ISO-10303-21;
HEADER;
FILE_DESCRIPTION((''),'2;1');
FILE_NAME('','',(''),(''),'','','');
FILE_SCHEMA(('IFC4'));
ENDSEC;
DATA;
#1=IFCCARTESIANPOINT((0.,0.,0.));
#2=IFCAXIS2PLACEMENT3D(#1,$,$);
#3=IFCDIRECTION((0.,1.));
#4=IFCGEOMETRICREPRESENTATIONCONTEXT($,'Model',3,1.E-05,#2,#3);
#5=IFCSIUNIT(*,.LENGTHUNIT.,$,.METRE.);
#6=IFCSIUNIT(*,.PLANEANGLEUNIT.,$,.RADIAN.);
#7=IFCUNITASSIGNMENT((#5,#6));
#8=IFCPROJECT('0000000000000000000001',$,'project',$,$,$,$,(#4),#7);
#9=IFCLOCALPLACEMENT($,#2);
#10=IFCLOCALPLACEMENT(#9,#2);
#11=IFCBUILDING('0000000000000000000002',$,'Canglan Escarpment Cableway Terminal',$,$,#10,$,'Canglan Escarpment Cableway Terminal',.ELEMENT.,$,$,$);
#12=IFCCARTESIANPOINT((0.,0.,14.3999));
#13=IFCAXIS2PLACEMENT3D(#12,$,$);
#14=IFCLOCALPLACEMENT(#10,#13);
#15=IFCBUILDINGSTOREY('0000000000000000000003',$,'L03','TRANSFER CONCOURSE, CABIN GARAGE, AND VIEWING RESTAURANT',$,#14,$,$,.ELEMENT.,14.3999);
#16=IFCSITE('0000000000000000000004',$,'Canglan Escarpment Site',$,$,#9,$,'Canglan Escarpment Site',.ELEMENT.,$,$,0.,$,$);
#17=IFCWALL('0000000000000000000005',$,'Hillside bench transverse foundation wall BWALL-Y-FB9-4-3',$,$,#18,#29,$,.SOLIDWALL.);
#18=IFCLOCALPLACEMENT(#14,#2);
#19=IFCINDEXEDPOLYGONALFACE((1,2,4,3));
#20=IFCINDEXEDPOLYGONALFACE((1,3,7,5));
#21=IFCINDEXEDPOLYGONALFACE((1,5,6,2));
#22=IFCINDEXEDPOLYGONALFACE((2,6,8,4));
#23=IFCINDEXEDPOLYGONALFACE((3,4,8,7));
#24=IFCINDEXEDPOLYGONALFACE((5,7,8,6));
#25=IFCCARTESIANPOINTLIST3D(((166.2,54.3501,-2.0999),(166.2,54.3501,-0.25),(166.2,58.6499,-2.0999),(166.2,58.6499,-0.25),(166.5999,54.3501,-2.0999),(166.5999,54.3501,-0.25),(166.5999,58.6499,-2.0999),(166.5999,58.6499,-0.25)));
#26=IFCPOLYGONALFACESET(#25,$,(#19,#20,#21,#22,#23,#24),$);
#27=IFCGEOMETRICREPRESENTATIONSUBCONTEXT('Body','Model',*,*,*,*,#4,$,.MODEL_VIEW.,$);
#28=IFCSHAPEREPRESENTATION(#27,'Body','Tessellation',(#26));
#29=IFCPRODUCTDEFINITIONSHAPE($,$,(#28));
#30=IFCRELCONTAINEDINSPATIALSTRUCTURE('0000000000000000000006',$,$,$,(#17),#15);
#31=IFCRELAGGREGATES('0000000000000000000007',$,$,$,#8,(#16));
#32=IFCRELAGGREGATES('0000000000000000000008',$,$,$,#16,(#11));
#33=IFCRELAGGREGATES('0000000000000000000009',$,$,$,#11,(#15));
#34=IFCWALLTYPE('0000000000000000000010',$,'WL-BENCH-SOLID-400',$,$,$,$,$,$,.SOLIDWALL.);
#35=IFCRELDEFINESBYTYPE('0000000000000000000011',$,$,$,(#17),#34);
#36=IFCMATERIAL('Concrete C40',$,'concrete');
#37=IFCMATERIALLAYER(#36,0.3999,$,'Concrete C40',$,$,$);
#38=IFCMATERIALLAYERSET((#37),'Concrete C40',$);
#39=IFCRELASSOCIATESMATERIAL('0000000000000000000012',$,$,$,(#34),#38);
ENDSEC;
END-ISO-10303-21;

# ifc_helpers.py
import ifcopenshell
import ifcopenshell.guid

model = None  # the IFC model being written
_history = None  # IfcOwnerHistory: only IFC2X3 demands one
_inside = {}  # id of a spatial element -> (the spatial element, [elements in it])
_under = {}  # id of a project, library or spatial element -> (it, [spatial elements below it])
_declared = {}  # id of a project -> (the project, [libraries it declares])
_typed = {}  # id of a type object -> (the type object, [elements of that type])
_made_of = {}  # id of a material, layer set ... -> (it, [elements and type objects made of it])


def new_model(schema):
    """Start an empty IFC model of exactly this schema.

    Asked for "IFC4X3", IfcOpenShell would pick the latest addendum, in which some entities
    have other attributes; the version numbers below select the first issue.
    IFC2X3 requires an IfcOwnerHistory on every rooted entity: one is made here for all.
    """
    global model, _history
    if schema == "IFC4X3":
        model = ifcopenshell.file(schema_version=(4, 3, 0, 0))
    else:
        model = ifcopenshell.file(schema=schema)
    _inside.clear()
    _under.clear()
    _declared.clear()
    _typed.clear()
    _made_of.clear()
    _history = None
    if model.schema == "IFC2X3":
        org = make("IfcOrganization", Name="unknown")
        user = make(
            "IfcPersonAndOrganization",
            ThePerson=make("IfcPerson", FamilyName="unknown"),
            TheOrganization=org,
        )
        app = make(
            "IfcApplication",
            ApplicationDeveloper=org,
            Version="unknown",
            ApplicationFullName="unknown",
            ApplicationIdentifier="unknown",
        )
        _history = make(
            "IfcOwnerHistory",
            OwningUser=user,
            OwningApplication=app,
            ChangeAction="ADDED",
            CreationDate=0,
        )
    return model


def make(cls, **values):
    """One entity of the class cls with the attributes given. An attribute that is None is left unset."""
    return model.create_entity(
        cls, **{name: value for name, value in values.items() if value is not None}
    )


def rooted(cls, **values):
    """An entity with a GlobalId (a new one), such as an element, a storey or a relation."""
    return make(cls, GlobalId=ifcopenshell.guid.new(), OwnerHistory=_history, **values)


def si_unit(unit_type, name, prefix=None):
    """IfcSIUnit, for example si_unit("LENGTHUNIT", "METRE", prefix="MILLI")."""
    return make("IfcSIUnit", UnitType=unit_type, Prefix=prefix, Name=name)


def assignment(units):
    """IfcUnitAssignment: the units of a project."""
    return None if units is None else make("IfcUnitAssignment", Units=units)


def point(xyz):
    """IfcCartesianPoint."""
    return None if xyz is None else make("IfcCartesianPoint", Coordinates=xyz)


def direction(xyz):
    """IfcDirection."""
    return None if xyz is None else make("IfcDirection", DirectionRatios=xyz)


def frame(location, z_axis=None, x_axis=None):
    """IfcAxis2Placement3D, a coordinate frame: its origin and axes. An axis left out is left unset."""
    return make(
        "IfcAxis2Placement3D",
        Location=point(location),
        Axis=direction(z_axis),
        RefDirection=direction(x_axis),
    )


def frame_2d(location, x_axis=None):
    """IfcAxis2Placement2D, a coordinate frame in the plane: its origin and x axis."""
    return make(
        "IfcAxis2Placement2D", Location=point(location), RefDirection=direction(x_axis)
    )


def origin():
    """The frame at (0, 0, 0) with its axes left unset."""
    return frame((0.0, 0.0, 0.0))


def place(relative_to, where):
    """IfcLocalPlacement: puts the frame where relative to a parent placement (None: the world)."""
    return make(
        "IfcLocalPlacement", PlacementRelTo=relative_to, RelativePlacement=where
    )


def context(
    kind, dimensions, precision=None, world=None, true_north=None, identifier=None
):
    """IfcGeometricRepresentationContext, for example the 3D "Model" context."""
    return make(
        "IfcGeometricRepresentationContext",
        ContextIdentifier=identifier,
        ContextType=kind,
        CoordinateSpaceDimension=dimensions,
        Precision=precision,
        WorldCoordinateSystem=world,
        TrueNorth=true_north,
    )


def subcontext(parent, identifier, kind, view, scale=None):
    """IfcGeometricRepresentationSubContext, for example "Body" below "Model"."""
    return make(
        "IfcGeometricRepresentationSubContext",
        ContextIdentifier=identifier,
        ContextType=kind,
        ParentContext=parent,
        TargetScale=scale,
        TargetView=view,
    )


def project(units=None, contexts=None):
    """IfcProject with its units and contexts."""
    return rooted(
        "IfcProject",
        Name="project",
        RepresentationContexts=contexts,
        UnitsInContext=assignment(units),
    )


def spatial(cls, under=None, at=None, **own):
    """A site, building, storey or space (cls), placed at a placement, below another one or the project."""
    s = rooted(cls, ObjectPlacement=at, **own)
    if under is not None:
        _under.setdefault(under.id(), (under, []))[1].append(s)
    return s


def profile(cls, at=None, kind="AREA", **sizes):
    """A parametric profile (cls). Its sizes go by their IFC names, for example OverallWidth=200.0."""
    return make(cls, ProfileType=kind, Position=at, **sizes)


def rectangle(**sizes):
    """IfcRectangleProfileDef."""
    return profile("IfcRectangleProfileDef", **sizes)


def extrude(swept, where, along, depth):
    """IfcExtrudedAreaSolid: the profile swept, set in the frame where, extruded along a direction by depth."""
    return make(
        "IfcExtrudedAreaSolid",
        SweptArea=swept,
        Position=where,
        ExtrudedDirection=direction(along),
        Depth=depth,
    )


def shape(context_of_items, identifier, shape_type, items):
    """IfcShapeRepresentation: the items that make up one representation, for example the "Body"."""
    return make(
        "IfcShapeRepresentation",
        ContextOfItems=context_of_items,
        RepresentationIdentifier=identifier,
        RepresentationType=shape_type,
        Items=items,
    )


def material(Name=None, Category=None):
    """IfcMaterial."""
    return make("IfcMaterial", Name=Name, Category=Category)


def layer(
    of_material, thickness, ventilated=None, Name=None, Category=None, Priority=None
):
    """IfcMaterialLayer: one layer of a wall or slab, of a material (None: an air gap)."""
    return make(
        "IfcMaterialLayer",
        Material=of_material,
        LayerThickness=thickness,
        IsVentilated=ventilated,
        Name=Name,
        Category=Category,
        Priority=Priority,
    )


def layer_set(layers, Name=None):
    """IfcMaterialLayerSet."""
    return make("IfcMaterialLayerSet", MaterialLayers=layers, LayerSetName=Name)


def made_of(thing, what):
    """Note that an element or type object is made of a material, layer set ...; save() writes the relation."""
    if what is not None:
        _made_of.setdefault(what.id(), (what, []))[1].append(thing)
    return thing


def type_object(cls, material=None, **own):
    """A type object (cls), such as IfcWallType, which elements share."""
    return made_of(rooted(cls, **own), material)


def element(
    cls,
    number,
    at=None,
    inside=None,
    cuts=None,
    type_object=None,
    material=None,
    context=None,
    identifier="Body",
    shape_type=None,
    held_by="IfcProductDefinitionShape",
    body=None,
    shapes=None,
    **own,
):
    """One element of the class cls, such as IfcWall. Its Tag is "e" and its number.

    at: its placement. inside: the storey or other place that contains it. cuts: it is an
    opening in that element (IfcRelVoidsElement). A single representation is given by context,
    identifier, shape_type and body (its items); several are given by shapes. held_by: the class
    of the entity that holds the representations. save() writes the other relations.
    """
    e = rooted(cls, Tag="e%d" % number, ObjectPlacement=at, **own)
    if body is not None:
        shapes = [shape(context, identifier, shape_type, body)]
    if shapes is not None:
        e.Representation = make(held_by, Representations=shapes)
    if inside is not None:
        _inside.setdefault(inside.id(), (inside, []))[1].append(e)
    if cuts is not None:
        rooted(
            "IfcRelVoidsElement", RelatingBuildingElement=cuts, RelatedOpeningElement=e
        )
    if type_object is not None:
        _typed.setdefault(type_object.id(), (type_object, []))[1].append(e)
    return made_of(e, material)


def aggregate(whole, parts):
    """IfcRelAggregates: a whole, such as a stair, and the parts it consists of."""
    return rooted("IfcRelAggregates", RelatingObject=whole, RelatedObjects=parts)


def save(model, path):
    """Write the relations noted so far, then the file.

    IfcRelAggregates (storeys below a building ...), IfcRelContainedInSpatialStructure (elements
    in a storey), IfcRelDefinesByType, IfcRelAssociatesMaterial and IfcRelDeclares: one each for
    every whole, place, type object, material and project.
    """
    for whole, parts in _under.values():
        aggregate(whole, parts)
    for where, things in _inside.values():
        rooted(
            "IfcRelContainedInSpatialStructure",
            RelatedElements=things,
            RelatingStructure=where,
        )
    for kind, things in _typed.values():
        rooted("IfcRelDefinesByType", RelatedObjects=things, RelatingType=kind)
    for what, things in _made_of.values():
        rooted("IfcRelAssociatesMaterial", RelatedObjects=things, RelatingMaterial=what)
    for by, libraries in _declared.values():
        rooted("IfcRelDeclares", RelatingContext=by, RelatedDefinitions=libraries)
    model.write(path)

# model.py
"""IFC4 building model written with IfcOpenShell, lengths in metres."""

from ifc_helpers import new_model, si_unit, direction, frame, frame_2d, origin, place, context, subcontext, project, spatial, rectangle, extrude, material, layer, layer_set, type_object, element, save


model = new_model("IFC4")

# Units and contexts
model_context = context("Model", 3, precision=1e-05, world=origin(), true_north=direction((0.0, 1.0)))
body_context = subcontext(model_context, "Body", "Model", "MODEL_VIEW")
ifc_project = project(units=[si_unit("LENGTHUNIT", "METRE"), si_unit("PLANEANGLEUNIT", "RADIAN")], contexts=[model_context])

# Site, building, storey
site_placement = place(None, origin())
site = spatial("IfcSite", under=ifc_project, at=site_placement, Name="Canglan Escarpment Site", LongName="Canglan Escarpment Site", CompositionType="ELEMENT", RefElevation=0.0)
building_placement = place(site_placement, origin())
building = spatial("IfcBuilding", under=site, at=building_placement, Name="Canglan Escarpment Cableway Terminal", LongName="Canglan Escarpment Cableway Terminal", CompositionType="ELEMENT")
storey_placement = place(building_placement, frame((0.0, 0.0, 14.3999)))
storey = spatial("IfcBuildingStorey", under=building, at=storey_placement, Name="L03", Description="TRANSFER CONCOURSE, CABIN GARAGE, AND VIEWING RESTAURANT", CompositionType="ELEMENT", Elevation=14.3999)

# Shared definitions
ifc_material_1 = material(Name="Concrete C40", Category="concrete")

# Wall
ifc_layer_1 = layer(ifc_material_1, 0.3999, Name="Concrete C40")
ifc_layer_set_1 = layer_set([ifc_layer_1], Name="Concrete C40")
wall_type = type_object("IfcWallType", Name="WL-BENCH-SOLID-400", PredefinedType="SOLIDWALL", material=ifc_layer_set_1)
wall_placement = place(storey_placement, frame((166.3999, 54.3501, -2.0999), z_axis=(0.0, 0.0, 1.0), x_axis=(0.0, 1.0, 0.0)))
element("IfcWall", 1, at=wall_placement, inside=storey, type_object=wall_type, Name="Hillside bench transverse foundation wall BWALL-Y-FB9-4-3", PredefinedType="SOLIDWALL", context=body_context, shape_type="SweptSolid", body=[
    extrude(rectangle(XDim=4.2998, YDim=0.3999, at=frame_2d((2.1499, 0.0))), origin(), (0.0, 0.0, 1.0), 1.8499),
])

save(model, "model.ifc")
